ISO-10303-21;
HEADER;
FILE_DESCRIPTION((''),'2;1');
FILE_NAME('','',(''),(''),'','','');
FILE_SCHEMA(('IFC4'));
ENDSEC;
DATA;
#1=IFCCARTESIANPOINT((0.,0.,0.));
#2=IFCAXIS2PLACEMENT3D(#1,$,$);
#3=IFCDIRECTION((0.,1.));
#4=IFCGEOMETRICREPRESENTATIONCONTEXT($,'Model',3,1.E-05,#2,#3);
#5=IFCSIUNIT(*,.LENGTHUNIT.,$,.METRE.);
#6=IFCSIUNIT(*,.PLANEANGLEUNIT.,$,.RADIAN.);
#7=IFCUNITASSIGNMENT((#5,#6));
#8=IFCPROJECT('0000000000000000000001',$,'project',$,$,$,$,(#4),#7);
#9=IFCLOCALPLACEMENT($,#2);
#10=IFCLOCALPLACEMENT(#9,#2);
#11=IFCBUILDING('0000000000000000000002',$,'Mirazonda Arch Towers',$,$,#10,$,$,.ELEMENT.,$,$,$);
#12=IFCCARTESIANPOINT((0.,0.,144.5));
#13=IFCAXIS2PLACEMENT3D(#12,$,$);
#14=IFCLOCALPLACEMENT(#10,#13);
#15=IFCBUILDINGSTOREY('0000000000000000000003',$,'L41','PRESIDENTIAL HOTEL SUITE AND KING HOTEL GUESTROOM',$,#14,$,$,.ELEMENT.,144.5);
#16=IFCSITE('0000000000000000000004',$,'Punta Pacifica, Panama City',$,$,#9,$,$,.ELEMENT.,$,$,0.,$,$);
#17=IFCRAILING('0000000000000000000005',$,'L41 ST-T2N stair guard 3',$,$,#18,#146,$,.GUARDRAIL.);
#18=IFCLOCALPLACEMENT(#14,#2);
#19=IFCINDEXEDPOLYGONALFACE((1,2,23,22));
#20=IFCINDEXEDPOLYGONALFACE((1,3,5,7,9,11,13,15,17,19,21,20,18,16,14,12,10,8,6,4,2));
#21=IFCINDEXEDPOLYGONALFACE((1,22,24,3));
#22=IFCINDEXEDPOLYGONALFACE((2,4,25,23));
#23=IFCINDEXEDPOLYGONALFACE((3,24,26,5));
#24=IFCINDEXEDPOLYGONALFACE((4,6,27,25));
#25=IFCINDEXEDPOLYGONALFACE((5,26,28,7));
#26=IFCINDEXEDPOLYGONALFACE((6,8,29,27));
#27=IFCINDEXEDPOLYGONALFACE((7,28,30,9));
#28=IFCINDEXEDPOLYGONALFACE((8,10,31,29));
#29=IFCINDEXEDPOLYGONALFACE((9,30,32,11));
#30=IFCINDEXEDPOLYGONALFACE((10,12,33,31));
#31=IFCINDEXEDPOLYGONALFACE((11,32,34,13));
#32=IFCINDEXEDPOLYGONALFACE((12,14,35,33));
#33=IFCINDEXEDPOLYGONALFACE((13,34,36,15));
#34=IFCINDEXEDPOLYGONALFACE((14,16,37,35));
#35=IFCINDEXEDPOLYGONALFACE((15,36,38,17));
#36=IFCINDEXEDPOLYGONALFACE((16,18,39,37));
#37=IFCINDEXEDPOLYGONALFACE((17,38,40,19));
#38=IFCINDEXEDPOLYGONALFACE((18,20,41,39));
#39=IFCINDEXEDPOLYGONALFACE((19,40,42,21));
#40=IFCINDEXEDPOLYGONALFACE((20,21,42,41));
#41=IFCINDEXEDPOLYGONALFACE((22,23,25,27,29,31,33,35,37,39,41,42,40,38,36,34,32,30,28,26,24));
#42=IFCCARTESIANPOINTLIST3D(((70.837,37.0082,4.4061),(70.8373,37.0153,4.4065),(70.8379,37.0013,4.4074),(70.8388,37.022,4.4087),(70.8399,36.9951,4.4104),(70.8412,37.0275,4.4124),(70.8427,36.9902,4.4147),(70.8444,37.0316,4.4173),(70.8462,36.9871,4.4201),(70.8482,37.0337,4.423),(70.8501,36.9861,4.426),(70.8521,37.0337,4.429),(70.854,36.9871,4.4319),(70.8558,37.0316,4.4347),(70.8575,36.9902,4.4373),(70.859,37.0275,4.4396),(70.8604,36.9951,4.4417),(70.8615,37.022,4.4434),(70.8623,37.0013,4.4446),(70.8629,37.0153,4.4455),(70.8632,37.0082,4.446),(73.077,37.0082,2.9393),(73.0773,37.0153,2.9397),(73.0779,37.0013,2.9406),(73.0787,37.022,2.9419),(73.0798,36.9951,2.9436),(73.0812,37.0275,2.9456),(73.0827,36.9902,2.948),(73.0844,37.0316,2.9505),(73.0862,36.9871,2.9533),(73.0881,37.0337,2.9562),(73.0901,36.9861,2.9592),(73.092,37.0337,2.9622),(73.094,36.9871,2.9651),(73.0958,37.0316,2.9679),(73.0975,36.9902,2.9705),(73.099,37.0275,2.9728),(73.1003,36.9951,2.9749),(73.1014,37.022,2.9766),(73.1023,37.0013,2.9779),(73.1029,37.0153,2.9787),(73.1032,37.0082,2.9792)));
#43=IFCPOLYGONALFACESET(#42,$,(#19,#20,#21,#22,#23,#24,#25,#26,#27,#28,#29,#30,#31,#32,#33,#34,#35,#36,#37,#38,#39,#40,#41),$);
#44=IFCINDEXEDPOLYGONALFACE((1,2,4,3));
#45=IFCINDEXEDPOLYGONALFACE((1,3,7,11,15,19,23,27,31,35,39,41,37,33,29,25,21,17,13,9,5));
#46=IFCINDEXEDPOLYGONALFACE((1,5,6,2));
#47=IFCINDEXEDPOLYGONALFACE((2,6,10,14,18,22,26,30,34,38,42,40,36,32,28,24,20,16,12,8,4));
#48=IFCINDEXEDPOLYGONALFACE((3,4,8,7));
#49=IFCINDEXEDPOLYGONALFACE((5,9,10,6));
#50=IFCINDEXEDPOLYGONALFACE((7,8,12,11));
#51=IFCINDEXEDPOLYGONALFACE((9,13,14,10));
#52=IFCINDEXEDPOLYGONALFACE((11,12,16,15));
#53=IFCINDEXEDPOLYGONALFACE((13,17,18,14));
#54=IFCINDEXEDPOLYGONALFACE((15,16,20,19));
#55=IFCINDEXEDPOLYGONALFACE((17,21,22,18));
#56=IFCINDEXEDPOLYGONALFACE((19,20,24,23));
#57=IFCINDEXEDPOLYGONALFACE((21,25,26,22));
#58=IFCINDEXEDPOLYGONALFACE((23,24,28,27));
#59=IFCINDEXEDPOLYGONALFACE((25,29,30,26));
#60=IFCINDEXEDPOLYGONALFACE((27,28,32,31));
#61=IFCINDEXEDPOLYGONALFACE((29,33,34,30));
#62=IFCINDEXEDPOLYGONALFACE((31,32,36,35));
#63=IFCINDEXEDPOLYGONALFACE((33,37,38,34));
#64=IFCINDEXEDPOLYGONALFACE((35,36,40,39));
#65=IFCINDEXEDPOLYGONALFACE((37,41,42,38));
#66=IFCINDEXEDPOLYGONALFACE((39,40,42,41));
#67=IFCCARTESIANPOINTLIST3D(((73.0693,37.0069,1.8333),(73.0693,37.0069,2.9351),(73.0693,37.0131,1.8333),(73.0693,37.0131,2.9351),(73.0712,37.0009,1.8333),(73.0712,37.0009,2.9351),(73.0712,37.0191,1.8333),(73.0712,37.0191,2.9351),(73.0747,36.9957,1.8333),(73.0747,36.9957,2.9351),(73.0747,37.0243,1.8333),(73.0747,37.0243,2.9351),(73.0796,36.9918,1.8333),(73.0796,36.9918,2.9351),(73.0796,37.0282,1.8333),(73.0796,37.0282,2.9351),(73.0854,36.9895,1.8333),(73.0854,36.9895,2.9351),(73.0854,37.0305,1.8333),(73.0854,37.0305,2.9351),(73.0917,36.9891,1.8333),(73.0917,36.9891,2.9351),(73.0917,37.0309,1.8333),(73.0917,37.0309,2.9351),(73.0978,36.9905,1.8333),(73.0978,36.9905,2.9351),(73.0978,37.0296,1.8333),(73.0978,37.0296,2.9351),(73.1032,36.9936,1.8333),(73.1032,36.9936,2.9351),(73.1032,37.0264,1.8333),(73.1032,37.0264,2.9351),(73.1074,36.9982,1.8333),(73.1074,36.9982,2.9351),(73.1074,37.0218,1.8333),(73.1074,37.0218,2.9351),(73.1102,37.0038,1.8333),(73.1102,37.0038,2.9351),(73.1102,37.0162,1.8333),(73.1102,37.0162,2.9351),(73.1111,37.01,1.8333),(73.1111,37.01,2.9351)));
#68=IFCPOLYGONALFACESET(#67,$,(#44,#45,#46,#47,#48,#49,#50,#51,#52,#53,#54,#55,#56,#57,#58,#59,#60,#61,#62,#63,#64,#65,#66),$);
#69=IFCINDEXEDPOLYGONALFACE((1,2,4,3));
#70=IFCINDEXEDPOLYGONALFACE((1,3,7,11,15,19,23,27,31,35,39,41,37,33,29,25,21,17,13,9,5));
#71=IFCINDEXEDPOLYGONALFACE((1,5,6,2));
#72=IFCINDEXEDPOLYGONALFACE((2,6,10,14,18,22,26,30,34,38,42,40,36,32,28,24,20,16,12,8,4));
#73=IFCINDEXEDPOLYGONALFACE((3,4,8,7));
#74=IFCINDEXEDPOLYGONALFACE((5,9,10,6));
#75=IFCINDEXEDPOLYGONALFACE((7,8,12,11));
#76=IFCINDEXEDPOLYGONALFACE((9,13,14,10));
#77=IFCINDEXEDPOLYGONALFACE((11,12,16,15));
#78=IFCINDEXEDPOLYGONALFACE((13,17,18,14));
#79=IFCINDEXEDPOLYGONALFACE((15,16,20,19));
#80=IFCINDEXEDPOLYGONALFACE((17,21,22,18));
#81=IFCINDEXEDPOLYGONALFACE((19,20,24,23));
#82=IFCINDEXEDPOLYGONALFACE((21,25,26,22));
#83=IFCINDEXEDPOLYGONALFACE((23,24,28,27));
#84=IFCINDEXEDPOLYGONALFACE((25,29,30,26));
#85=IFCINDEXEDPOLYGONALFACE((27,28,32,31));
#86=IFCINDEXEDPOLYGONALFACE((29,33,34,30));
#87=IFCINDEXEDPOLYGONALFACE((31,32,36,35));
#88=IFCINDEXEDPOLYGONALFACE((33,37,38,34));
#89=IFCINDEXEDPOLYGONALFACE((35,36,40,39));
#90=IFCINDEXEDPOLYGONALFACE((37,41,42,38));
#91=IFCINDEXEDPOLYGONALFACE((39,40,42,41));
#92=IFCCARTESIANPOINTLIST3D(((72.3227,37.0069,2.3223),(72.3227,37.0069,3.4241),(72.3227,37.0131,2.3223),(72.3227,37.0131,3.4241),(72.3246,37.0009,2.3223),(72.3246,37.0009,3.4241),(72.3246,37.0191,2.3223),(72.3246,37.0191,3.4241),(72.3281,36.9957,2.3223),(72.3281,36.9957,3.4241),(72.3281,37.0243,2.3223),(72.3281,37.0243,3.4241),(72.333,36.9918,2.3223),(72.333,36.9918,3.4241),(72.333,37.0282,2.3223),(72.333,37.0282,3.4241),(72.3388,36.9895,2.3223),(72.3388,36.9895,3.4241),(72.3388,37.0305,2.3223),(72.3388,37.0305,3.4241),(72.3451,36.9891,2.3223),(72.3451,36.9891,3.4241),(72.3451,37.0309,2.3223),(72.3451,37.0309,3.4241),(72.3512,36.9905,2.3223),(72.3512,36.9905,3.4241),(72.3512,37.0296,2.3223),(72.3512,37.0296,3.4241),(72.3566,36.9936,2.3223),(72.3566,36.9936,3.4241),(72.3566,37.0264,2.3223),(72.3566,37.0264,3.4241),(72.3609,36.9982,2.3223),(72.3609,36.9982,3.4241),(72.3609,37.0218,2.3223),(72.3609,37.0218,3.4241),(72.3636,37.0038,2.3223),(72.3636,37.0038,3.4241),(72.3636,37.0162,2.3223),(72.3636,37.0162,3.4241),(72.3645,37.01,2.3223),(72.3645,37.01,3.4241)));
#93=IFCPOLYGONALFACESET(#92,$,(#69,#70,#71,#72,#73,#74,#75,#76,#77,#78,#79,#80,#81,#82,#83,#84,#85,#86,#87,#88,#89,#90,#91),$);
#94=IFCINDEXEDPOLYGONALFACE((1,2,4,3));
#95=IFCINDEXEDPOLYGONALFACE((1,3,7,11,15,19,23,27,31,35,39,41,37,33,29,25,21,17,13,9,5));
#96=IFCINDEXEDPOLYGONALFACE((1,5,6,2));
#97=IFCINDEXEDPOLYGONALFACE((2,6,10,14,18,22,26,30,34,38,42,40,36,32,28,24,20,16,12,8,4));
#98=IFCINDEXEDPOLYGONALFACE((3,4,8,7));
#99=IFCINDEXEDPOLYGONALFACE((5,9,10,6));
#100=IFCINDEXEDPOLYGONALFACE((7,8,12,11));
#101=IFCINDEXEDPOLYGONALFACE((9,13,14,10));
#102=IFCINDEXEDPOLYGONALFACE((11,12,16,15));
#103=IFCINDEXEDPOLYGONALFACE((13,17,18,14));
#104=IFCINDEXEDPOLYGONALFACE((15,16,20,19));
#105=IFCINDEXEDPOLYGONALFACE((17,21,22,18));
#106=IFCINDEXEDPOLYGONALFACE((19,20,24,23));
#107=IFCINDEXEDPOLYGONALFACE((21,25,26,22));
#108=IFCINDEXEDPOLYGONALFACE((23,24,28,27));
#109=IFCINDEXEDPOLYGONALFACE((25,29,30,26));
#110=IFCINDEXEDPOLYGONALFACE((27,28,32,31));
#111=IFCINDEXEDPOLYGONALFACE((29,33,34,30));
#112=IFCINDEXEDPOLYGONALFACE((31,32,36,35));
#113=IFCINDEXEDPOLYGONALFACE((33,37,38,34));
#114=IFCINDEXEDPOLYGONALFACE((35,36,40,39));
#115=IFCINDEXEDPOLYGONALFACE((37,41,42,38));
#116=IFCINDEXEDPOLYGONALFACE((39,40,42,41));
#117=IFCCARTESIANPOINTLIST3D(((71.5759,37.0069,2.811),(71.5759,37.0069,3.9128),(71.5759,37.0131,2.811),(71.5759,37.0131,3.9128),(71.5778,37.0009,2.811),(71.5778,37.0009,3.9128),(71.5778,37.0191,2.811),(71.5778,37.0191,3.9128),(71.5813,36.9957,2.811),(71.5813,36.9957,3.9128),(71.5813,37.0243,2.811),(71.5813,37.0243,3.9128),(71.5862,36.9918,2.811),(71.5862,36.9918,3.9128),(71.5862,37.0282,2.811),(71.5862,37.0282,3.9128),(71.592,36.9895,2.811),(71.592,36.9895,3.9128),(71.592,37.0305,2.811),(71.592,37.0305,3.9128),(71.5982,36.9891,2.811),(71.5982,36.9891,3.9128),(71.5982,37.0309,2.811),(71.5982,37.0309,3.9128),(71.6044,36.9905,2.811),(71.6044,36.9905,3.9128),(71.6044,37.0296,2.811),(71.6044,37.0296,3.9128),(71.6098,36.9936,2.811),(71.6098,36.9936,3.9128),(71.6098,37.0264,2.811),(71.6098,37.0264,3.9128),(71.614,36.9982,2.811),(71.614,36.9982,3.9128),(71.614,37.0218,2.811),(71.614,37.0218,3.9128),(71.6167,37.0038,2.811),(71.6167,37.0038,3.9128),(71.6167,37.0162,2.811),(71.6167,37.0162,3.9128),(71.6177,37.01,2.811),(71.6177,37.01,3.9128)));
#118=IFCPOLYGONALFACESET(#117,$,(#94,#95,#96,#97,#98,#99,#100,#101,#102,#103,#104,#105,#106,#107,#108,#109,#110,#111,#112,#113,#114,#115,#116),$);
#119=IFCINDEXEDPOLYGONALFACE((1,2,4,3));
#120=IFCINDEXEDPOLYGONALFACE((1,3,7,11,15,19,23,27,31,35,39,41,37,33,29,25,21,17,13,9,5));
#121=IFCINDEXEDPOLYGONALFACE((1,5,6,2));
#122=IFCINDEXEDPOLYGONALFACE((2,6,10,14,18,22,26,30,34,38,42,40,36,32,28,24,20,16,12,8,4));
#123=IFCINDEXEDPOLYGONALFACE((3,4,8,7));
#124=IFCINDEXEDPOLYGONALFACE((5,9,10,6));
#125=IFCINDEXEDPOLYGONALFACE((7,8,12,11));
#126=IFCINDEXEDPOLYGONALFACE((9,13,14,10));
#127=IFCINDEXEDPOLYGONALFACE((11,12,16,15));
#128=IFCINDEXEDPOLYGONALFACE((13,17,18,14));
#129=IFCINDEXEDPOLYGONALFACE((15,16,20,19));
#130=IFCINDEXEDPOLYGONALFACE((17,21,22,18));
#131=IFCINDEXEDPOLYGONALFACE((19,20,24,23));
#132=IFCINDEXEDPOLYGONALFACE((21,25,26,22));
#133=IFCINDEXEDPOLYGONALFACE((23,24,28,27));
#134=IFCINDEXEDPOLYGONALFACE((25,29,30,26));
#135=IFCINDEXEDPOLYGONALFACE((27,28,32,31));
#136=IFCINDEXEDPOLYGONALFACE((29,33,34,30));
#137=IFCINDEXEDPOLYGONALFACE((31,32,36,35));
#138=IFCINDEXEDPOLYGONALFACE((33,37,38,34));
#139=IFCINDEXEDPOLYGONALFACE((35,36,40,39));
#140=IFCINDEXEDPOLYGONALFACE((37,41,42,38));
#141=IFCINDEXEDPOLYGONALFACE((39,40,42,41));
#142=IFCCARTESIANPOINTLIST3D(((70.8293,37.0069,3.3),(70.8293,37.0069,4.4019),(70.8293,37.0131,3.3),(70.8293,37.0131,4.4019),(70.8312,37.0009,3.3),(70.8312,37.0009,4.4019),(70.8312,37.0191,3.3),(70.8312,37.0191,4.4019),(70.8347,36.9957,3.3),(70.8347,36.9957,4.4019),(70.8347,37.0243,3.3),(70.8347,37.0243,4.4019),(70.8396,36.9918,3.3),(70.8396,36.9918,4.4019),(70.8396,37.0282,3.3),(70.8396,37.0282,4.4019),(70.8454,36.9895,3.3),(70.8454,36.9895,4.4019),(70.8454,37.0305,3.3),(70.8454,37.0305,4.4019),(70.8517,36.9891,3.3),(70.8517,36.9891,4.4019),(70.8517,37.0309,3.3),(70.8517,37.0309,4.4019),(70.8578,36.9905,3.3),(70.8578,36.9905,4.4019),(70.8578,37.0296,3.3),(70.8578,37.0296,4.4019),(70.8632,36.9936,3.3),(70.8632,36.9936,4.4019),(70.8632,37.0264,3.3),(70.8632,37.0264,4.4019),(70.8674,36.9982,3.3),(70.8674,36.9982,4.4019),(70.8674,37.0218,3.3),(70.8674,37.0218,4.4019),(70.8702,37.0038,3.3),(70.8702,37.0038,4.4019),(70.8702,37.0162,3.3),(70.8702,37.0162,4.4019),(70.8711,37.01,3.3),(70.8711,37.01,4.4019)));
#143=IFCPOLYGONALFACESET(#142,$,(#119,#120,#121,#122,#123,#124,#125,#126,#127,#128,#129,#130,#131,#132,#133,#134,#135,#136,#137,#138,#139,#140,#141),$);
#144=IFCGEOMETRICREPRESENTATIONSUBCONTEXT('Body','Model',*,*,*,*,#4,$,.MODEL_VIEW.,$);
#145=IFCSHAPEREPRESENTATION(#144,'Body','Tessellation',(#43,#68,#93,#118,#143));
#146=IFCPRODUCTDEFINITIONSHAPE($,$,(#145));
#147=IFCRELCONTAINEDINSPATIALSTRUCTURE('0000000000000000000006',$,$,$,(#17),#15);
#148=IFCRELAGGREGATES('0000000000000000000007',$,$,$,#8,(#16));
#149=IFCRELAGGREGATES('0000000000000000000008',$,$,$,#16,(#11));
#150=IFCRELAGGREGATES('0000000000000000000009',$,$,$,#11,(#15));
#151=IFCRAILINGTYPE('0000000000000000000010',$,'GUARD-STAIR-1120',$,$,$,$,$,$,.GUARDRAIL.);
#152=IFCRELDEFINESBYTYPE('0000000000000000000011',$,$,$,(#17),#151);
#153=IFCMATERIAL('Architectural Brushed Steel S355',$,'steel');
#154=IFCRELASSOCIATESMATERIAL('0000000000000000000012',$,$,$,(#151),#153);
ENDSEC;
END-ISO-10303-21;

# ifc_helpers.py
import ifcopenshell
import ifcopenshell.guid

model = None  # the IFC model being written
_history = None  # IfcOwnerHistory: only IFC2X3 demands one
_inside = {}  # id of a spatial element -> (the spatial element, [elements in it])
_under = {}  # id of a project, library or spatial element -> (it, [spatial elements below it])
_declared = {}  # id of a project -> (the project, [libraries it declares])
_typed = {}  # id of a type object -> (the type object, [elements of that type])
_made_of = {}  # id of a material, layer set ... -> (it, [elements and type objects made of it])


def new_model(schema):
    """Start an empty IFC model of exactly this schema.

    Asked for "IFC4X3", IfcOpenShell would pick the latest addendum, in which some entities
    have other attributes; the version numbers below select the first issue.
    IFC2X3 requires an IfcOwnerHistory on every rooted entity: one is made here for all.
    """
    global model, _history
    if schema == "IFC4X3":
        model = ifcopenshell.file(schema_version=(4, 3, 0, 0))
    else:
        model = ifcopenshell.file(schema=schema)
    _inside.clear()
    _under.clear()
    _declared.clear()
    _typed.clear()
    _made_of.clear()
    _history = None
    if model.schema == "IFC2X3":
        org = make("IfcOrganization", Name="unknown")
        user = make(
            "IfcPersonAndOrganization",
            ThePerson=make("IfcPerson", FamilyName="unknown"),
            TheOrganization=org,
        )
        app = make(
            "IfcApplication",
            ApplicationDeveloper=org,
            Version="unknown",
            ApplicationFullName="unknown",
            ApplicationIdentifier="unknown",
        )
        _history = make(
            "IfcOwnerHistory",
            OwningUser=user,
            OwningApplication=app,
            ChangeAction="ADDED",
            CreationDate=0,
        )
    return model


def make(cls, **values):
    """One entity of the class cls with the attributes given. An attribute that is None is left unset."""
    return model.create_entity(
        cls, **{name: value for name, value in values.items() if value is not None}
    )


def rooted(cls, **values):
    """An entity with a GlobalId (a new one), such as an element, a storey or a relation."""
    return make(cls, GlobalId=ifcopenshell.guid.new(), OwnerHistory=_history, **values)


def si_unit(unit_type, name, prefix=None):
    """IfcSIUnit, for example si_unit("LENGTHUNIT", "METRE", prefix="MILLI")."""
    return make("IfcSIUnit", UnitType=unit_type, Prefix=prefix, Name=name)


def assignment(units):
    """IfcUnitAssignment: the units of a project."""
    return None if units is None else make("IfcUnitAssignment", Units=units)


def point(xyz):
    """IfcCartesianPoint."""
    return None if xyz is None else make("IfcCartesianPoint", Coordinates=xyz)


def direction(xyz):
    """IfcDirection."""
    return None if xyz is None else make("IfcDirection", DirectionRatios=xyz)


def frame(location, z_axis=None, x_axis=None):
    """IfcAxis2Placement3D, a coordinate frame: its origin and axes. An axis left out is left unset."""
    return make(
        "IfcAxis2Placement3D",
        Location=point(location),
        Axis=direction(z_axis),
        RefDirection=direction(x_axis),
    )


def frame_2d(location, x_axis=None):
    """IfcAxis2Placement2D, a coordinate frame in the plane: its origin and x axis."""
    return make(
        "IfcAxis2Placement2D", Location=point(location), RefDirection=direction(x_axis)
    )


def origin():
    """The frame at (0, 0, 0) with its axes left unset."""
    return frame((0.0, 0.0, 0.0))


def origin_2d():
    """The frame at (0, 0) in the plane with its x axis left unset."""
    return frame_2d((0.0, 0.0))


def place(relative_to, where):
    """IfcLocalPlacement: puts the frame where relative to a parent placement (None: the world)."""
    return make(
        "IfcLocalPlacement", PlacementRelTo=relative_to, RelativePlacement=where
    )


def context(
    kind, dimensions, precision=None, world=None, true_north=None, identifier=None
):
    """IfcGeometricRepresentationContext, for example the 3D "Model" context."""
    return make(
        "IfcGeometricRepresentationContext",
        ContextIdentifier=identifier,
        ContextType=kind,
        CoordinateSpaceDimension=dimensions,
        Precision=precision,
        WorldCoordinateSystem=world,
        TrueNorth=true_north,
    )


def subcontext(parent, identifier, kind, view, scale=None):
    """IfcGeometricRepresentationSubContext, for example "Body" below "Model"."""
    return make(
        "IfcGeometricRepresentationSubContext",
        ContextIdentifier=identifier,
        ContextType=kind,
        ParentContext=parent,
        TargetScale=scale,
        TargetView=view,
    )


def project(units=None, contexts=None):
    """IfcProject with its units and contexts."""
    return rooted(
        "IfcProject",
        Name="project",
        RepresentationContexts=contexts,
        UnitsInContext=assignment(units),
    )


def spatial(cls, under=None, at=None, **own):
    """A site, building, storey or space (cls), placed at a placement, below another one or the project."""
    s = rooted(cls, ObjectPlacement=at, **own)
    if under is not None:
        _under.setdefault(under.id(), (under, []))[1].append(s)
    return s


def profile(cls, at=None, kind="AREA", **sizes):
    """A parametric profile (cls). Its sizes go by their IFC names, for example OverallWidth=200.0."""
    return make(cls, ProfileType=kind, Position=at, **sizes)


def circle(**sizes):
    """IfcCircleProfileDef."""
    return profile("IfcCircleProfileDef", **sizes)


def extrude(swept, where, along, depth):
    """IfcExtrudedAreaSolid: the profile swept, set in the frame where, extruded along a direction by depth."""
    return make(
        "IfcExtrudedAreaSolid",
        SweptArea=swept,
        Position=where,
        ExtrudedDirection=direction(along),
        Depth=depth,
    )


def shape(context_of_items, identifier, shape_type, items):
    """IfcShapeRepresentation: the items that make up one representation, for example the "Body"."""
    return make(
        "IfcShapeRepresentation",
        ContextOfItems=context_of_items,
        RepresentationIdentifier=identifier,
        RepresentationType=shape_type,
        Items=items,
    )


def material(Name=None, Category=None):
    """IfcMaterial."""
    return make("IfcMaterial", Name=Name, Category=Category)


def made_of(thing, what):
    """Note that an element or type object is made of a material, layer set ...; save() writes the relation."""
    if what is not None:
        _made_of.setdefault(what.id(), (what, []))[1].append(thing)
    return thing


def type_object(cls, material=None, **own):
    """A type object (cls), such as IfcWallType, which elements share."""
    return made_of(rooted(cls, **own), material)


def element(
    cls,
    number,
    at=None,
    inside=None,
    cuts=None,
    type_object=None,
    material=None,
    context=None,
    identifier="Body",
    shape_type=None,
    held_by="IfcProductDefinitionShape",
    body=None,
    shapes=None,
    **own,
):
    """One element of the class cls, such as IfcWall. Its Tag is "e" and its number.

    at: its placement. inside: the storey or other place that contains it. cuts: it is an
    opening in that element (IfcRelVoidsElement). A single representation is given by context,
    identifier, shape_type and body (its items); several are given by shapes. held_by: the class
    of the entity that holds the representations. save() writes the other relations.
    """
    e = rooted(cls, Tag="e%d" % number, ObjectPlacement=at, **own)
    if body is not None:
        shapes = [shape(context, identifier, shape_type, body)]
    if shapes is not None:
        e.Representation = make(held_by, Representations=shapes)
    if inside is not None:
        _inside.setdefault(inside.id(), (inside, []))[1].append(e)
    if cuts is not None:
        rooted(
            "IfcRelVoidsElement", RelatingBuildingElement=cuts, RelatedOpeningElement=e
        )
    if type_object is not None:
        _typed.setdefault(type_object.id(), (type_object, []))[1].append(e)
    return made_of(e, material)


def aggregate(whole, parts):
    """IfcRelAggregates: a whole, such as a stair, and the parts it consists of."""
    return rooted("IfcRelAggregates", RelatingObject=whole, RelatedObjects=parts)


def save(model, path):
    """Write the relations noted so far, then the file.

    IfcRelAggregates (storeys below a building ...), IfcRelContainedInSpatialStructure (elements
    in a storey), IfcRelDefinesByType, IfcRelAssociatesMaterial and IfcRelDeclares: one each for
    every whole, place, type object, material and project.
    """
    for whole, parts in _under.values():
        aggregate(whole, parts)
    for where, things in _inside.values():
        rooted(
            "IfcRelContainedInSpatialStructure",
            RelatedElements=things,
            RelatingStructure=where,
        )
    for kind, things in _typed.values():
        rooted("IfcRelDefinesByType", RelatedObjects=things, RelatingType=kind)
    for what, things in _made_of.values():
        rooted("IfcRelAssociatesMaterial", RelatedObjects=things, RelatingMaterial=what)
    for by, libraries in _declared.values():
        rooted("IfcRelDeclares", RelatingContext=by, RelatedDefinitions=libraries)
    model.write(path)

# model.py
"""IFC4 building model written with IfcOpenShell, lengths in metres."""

from ifc_helpers import new_model, si_unit, direction, frame, origin, origin_2d, place, context, subcontext, project, spatial, circle, extrude, material, type_object, element, save


model = new_model("IFC4")

# Units and contexts
model_context = context("Model", 3, precision=1e-05, world=origin(), true_north=direction((0.0, 1.0)))
body_context = subcontext(model_context, "Body", "Model", "MODEL_VIEW")
ifc_project = project(units=[si_unit("LENGTHUNIT", "METRE"), si_unit("PLANEANGLEUNIT", "RADIAN")], contexts=[model_context])

# Site, building, storey
site_placement = place(None, origin())
site = spatial("IfcSite", under=ifc_project, at=site_placement, Name="Punta Pacifica, Panama City", CompositionType="ELEMENT", RefElevation=0.0)
building_placement = place(site_placement, origin())
building = spatial("IfcBuilding", under=site, at=building_placement, Name="Mirazonda Arch Towers", CompositionType="ELEMENT")
storey_placement = place(building_placement, frame((0.0, 0.0, 144.5)))
storey = spatial("IfcBuildingStorey", under=building, at=storey_placement, Name="L41", Description="PRESIDENTIAL HOTEL SUITE AND KING HOTEL GUESTROOM", CompositionType="ELEMENT", Elevation=144.5)

# Railing
ifc_material_1 = material(Name="Architectural Brushed Steel S355", Category="steel")
railing_type_1 = type_object("IfcRailingType", Name="GUARD-STAIR-1120", PredefinedType="GUARDRAIL", material=ifc_material_1)
railing_1_placement = place(storey_placement, frame((73.0901, 37.01, 1.8333)))
element("IfcRailing", 1, at=railing_1_placement, inside=storey, type_object=railing_type_1, Name="L41 ST-T2N stair guard 3", PredefinedType="GUARDRAIL", context=body_context, shape_type="SweptSolid", body=[
    extrude(circle(Radius=0.0239, at=origin_2d()), frame((0.0, 0.0, 1.126), z_axis=(-0.836595, 0.0, 0.547822), x_axis=(0.0, -1.0, 0.0)), (0.0, 0.0, 1.0), 2.6775),
    extrude(circle(Radius=0.021, at=origin_2d()), origin(), (0.0, 0.0, 1.0), 1.1018),
    extrude(circle(Radius=0.021, at=origin_2d()), frame((-0.7466, 0.0, 0.489)), (0.0, 0.0, 1.0), 1.1018),
    extrude(circle(Radius=0.021, at=origin_2d()), frame((-1.4934, 0.0, 0.9778)), (0.0, 0.0, 1.0), 1.1018),
    extrude(circle(Radius=0.021, at=origin_2d()), frame((-2.24, 0.0, 1.4668)), (0.0, 0.0, 1.0), 1.1018),
])

save(model, "model.ifc")
